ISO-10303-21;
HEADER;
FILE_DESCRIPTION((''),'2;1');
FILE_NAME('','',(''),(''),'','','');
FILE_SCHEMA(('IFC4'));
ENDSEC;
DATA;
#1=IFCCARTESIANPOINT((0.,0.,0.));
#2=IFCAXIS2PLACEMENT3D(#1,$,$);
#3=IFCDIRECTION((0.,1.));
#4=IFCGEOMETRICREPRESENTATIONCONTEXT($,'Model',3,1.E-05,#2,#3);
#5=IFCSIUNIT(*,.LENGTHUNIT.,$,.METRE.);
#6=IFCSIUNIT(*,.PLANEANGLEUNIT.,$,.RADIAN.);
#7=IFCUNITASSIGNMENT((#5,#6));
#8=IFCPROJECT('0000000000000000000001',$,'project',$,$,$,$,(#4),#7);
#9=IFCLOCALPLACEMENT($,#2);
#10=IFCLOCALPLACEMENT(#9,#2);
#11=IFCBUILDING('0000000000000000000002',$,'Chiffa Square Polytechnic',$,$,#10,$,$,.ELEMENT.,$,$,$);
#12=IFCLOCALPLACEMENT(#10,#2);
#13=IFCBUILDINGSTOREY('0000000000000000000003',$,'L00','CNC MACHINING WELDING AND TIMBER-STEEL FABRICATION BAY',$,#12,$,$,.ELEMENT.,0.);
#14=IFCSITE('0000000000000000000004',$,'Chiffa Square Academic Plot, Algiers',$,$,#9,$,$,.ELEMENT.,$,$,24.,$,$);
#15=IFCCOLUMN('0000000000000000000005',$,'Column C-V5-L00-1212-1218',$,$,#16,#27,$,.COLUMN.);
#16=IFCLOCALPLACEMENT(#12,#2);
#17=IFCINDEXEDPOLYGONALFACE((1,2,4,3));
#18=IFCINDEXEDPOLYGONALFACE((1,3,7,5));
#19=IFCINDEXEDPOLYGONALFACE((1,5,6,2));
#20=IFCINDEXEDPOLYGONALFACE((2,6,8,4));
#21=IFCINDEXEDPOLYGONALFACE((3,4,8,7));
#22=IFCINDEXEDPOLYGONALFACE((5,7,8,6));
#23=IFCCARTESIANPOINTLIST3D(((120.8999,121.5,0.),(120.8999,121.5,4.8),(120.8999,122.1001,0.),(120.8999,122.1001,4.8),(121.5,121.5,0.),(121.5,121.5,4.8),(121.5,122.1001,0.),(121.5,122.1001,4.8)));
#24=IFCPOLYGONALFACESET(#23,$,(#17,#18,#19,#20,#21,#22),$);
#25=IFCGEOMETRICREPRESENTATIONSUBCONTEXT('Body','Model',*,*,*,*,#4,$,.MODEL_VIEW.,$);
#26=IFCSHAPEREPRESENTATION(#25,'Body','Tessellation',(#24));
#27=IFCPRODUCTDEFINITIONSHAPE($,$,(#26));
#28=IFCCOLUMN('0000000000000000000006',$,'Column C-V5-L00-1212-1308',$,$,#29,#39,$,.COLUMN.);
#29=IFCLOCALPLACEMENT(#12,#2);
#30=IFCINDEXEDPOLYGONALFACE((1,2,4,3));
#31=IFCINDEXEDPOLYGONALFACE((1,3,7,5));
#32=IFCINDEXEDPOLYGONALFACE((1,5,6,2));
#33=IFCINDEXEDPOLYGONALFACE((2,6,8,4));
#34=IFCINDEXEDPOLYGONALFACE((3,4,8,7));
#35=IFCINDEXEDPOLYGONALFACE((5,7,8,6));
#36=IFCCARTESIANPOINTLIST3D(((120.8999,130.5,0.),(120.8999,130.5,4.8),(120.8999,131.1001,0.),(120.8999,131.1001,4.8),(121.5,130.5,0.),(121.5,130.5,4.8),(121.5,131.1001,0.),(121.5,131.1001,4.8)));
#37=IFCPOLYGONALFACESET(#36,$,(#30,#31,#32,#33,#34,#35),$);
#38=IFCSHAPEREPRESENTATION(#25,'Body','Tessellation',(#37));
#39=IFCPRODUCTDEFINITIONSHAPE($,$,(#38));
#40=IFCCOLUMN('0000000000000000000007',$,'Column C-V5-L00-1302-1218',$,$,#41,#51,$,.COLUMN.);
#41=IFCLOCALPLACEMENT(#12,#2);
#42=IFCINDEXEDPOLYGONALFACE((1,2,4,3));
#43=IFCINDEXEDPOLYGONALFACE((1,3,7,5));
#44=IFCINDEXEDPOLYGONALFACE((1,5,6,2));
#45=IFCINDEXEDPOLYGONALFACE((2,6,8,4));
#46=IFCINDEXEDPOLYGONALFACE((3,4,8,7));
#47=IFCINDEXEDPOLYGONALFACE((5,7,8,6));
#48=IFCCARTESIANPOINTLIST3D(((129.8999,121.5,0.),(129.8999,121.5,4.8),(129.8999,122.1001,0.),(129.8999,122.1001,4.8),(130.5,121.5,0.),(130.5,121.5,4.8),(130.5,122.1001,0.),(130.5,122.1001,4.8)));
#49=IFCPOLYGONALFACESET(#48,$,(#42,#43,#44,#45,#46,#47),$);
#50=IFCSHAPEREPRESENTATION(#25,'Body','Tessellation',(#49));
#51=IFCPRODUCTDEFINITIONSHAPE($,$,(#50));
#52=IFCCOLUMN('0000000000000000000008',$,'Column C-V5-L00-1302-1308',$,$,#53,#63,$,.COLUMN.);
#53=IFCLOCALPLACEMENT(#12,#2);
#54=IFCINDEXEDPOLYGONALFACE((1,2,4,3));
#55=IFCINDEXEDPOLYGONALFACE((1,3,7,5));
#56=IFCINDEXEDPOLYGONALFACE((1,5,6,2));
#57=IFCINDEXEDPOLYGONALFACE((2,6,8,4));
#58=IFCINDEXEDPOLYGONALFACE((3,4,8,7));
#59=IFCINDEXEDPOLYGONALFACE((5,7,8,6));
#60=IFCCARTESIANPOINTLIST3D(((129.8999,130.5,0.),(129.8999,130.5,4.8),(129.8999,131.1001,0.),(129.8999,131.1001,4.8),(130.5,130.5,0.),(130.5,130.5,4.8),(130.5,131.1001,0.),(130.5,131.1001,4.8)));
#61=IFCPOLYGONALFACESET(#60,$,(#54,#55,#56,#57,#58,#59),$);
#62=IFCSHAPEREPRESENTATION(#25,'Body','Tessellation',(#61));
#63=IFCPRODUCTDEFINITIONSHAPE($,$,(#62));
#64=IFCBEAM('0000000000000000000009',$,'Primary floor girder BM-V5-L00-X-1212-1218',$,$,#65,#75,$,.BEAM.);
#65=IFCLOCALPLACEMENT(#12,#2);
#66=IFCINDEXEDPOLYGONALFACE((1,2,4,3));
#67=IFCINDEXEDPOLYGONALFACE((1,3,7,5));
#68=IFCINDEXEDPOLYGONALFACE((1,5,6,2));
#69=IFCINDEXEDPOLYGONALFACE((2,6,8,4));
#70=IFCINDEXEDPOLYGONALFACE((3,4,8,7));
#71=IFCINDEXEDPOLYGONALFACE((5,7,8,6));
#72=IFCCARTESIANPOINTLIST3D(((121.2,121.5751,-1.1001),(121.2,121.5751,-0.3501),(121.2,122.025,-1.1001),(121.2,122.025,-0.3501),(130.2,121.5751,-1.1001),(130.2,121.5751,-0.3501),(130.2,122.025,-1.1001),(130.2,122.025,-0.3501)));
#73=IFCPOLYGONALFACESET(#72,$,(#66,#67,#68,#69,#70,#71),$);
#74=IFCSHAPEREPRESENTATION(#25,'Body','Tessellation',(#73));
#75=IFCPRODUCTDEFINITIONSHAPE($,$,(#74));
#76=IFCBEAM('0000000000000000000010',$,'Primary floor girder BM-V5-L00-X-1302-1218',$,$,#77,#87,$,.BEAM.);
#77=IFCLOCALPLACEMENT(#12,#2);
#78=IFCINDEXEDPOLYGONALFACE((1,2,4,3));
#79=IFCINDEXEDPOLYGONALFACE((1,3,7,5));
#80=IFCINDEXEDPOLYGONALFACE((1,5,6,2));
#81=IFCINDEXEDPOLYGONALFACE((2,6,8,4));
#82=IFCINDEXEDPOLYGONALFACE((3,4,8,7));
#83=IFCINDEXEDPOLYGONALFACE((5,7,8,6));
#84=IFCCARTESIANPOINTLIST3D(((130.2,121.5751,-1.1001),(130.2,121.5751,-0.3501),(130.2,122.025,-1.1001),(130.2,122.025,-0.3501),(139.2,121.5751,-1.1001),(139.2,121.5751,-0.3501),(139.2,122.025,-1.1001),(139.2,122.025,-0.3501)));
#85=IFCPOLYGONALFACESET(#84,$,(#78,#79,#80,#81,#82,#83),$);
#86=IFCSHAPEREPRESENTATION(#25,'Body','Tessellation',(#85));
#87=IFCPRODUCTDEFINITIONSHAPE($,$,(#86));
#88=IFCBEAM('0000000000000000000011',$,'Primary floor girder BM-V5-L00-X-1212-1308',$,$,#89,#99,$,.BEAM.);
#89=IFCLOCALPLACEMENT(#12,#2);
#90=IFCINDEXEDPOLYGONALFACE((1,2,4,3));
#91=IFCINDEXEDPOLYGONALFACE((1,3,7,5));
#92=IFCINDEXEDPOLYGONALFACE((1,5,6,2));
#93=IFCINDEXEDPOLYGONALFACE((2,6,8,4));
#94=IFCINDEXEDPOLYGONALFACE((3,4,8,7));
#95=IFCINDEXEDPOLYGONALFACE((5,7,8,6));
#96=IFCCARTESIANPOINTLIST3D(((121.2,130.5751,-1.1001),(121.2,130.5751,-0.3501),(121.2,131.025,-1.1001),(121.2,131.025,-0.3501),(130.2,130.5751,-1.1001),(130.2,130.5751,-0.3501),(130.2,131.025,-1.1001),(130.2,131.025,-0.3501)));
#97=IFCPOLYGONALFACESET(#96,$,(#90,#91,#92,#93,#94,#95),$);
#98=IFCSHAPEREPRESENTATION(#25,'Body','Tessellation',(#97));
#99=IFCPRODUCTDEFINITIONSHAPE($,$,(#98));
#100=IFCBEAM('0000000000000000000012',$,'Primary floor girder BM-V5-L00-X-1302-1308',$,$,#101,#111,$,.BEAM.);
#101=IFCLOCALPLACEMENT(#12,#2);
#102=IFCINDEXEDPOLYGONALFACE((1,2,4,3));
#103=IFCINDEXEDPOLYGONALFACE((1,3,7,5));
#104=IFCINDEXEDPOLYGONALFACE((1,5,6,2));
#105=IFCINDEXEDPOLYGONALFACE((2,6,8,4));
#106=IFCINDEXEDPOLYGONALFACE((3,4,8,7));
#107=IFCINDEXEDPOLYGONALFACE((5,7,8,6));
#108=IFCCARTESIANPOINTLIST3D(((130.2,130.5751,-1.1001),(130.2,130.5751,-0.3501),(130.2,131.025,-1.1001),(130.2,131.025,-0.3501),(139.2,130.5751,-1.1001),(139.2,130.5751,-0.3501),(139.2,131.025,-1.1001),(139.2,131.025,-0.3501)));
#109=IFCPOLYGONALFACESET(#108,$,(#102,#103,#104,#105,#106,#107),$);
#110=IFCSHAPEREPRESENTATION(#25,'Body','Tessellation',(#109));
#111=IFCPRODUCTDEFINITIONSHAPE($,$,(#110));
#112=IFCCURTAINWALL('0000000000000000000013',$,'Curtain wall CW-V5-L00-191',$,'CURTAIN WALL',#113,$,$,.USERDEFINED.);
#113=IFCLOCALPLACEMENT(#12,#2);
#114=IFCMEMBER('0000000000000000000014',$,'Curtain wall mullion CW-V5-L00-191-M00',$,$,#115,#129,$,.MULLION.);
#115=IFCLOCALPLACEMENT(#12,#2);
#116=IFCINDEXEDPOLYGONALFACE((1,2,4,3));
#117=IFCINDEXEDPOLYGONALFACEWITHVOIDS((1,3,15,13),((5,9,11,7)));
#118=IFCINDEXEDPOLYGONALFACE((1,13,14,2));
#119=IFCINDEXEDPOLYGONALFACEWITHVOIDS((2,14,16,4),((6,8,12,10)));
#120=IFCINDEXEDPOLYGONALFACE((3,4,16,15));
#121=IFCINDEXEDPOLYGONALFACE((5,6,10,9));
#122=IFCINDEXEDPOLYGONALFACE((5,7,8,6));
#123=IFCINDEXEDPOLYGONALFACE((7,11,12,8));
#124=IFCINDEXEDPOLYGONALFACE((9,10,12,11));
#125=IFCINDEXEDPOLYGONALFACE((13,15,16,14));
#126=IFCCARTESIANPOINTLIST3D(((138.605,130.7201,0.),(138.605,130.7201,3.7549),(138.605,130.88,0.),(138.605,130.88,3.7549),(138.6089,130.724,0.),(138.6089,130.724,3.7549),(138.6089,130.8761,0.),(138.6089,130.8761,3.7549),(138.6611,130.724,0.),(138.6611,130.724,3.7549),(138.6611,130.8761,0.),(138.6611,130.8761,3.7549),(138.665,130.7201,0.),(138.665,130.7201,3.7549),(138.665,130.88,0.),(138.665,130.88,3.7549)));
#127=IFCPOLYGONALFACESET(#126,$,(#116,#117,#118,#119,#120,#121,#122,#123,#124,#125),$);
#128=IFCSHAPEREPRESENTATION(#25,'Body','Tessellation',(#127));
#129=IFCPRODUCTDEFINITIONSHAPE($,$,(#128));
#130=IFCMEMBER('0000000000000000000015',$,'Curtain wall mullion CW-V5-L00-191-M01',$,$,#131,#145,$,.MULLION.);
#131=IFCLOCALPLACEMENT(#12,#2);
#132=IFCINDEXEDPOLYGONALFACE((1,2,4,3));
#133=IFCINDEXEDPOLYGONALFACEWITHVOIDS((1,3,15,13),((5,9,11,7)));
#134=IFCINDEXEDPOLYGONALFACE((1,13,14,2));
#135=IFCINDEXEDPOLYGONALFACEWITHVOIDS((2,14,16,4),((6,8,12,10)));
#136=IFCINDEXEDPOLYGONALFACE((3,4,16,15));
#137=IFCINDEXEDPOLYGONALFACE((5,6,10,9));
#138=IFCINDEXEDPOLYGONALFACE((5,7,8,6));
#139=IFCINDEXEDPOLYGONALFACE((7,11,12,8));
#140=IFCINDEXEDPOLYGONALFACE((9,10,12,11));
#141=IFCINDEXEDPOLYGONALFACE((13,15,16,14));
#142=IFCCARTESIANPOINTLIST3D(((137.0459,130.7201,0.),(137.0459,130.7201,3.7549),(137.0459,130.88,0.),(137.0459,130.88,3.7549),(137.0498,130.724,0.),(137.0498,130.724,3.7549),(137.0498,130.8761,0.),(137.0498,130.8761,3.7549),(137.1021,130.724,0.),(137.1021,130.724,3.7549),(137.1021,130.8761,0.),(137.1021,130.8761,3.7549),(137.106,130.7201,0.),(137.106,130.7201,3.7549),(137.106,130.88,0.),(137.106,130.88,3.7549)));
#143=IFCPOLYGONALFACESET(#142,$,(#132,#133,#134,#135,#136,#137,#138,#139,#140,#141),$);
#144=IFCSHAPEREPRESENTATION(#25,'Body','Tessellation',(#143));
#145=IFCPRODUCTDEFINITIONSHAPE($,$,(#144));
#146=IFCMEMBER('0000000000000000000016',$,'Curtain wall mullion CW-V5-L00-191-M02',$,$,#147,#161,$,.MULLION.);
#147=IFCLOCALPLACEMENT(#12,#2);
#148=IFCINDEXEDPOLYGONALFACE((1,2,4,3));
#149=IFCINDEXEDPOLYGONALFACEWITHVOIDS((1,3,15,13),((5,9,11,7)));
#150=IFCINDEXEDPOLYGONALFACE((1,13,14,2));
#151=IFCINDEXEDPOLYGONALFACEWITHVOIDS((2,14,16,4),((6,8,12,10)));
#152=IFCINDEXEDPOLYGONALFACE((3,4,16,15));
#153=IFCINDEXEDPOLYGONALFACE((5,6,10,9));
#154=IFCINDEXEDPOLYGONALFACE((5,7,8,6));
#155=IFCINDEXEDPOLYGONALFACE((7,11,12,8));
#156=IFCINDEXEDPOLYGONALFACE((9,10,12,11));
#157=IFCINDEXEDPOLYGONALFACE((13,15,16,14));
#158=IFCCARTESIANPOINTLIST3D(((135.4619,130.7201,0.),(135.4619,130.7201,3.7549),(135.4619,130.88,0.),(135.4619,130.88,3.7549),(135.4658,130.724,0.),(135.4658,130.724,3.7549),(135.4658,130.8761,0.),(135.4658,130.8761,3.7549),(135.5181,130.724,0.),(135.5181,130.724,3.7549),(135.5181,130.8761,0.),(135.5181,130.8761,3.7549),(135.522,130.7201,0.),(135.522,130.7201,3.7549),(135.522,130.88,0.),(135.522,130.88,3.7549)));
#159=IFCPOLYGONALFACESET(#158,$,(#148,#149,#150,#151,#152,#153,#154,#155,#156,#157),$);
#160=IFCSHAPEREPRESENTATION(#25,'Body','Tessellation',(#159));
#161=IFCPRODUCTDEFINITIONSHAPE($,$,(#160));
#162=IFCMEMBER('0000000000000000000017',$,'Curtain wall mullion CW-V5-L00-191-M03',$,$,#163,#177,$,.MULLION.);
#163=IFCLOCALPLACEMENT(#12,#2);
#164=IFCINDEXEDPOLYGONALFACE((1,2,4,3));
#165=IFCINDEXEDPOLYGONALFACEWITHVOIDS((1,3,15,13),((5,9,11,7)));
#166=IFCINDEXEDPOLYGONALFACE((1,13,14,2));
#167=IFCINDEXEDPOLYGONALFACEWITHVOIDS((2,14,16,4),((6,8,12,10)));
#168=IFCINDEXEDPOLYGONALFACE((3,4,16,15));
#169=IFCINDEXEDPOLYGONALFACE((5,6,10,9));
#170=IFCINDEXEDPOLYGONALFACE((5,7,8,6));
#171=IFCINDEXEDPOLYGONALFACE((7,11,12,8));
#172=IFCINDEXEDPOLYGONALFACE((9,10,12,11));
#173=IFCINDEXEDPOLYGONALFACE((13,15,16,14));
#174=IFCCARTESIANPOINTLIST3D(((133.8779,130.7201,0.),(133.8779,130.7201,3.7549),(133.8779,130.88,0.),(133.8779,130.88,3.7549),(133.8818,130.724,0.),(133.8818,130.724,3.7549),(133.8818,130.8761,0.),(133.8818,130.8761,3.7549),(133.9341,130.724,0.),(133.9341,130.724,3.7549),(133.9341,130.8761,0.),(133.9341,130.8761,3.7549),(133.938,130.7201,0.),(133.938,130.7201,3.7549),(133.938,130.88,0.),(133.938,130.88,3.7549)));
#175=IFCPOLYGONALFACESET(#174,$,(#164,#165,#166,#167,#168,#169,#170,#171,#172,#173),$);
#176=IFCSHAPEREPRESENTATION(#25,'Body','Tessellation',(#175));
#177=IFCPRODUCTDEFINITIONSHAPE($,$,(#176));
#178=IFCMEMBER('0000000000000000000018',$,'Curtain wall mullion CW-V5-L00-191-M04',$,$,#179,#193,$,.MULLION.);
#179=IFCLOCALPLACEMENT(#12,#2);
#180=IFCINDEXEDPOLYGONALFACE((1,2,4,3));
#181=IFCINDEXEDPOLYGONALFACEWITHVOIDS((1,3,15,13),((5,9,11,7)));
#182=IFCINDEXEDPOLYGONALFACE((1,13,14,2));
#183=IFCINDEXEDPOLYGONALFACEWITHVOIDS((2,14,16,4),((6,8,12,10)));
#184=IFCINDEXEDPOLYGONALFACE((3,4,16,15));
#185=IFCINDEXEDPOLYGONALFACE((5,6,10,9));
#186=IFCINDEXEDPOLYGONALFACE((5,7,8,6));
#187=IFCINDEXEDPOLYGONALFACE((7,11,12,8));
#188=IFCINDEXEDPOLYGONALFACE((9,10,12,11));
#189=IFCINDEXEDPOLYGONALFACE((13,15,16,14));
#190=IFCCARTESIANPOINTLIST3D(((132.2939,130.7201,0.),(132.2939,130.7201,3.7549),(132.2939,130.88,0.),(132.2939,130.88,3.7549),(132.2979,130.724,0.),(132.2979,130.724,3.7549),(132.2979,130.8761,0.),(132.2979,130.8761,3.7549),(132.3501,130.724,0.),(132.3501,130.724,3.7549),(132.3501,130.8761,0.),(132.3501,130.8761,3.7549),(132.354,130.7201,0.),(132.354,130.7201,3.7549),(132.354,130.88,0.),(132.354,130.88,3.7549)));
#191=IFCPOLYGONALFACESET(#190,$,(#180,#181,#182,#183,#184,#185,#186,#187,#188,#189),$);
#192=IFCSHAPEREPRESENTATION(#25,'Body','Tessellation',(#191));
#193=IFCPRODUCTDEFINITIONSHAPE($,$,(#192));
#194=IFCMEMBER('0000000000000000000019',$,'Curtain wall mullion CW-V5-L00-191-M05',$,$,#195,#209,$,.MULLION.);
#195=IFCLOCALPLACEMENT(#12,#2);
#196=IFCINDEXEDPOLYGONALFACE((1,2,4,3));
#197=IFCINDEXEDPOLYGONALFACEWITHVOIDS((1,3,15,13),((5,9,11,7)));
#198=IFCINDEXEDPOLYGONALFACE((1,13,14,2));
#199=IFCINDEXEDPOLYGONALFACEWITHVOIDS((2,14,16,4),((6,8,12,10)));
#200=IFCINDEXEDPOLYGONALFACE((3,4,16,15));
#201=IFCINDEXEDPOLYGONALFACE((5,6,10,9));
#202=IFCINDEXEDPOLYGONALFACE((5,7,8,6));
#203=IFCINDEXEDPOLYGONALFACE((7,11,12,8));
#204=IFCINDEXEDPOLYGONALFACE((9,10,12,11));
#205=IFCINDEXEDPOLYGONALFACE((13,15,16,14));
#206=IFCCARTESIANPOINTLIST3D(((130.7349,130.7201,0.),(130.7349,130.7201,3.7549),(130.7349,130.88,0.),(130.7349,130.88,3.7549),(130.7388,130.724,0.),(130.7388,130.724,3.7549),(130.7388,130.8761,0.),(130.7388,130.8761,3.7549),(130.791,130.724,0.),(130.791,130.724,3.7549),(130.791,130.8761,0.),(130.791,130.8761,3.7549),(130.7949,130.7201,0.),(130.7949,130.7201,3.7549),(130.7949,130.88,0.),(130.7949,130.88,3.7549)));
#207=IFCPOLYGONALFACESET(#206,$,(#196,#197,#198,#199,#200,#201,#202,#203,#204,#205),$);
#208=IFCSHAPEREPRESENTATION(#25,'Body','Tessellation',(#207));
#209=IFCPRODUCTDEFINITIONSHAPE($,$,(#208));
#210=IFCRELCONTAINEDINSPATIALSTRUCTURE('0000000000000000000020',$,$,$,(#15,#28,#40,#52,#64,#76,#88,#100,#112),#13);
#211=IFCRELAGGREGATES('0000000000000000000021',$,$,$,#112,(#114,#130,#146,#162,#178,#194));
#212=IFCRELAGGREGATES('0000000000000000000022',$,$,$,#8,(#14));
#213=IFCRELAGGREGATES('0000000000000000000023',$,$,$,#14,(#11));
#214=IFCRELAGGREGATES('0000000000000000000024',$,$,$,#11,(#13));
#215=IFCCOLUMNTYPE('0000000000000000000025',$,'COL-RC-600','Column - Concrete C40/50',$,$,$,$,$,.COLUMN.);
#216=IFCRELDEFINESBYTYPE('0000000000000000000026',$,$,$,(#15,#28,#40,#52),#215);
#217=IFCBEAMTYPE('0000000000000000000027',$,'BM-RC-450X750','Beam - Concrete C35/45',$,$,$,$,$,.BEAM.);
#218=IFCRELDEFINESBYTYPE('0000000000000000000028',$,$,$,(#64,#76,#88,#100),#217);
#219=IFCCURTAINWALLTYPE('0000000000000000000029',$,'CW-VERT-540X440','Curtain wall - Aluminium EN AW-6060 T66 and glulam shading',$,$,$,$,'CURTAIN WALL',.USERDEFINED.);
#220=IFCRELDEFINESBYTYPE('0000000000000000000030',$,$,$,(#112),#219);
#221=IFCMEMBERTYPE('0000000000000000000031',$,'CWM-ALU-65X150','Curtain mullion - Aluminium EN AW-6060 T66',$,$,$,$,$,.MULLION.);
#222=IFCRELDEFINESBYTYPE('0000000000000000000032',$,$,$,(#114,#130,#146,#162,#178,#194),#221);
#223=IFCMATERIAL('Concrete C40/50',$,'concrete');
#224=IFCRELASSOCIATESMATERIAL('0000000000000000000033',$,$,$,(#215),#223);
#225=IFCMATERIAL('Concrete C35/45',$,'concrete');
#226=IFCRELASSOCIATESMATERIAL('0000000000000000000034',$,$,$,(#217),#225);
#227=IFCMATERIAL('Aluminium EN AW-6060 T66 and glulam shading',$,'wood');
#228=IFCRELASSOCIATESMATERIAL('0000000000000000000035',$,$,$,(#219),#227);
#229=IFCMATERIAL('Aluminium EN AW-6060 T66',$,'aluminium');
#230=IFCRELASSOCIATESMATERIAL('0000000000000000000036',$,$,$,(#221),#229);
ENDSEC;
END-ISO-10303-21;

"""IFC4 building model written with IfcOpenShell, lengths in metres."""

from ifc_helpers import new_model, si_unit, direction, frame, origin, origin_2d, place, context, subcontext, project, spatial, rectangle, hollow_rectangle, extrude, material, material_profile, profile_set, type_object, element, aggregate, save


model = new_model("IFC4")

# Units and contexts
model_context = context("Model", 3, precision=1e-05, world=origin(), true_north=direction((0.0, 1.0)))
body_context = subcontext(model_context, "Body", "Model", "MODEL_VIEW")
ifc_project = project(units=[si_unit("LENGTHUNIT", "METRE"), si_unit("PLANEANGLEUNIT", "RADIAN")], contexts=[model_context])

# Site, building, storey
site_placement = place(None, origin())
site = spatial("IfcSite", under=ifc_project, at=site_placement, Name="Chiffa Square Academic Plot, Algiers", CompositionType="ELEMENT", RefElevation=24.0)
building_placement = place(site_placement, origin())
building = spatial("IfcBuilding", under=site, at=building_placement, Name="Chiffa Square Polytechnic", CompositionType="ELEMENT")
storey_placement = place(building_placement, origin())
storey = spatial("IfcBuildingStorey", under=building, at=storey_placement, Name="L00", Description="CNC MACHINING WELDING AND TIMBER-STEEL FABRICATION BAY", CompositionType="ELEMENT", Elevation=0.0)

# Columns
ifc_material_1 = material(Name="Concrete C40/50", Category="concrete")
ifc_material_profile_1 = material_profile(ifc_material_1, rectangle(XDim=0.6001, YDim=0.6001, at=origin_2d()), Name="RC 600x600")
ifc_profile_set_1 = profile_set([ifc_material_profile_1], Name="Concrete C40/50")
column_type = type_object("IfcColumnType", Name="COL-RC-600", Description="Column - Concrete C40/50", PredefinedType="COLUMN", material=ifc_profile_set_1)
for number, where, z_axis, x_axis, name in (
    (1, (121.2, 121.8, 0.0), (0.0, 0.0, 1.0), (1.0, 0.0, 0.0), "Column C-V5-L00-1212-1218"),
    (2, (121.2, 130.8, 0.0), (0.0, 0.0, 1.0), (1.0, 0.0, 0.0), "Column C-V5-L00-1212-1308"),
    (3, (130.2, 121.8, 0.0), (0.0, 0.0, 1.0), (1.0, 0.0, 0.0), "Column C-V5-L00-1302-1218"),
    (4, (130.2, 130.8, 0.0), (0.0, 0.0, 1.0), (1.0, 0.0, 0.0), "Column C-V5-L00-1302-1308"),
):
    element("IfcColumn", number, at=place(storey_placement, frame(where, z_axis=z_axis, x_axis=x_axis)), inside=storey, type_object=column_type, Name=name, PredefinedType="COLUMN", context=body_context, shape_type="SweptSolid", body=[
        extrude(rectangle(XDim=0.6001, YDim=0.6001, at=origin_2d()), origin(), (0.0, 0.0, 1.0), 4.8),
    ])

# Beams
ifc_material_2 = material(Name="Concrete C35/45", Category="concrete")
ifc_material_profile_2 = material_profile(ifc_material_2, rectangle(XDim=0.45, YDim=0.75, at=origin_2d()), Name="RC 450x750")
ifc_profile_set_2 = profile_set([ifc_material_profile_2], Name="Concrete C35/45")
beam_type_1 = type_object("IfcBeamType", Name="BM-RC-450X750", Description="Beam - Concrete C35/45", PredefinedType="BEAM", material=ifc_profile_set_2)
for number, where, z_axis, x_axis, name in (
    (5, (121.2, 121.8, -0.7251), (1.0, 0.0, 0.0), (0.0, 1.0, 0.0), "Primary floor girder BM-V5-L00-X-1212-1218"),
    (6, (130.2, 121.8, -0.7251), (1.0, 0.0, 0.0), (0.0, 1.0, 0.0), "Primary floor girder BM-V5-L00-X-1302-1218"),
    (7, (121.2, 130.8, -0.7251), (1.0, 0.0, 0.0), (0.0, 1.0, 0.0), "Primary floor girder BM-V5-L00-X-1212-1308"),
    (8, (130.2, 130.8, -0.7251), (1.0, 0.0, 0.0), (0.0, 1.0, 0.0), "Primary floor girder BM-V5-L00-X-1302-1308"),
):
    element("IfcBeam", number, at=place(storey_placement, frame(where, z_axis=z_axis, x_axis=x_axis)), inside=storey, type_object=beam_type_1, Name=name, PredefinedType="BEAM", context=body_context, shape_type="SweptSolid", body=[
        extrude(rectangle(XDim=0.45, YDim=0.75, at=origin_2d()), origin(), (0.0, 0.0, 1.0), 9.0),
    ])

# Curtain wall, members
ifc_material_3 = material(Name="Aluminium EN AW-6060 T66 and glulam shading", Category="wood")
curtain_wall_type = type_object("IfcCurtainWallType", Name="CW-VERT-540X440", Description="Curtain wall - Aluminium EN AW-6060 T66 and glulam shading", ElementType="CURTAIN WALL", PredefinedType="USERDEFINED", material=ifc_material_3)
curtain_wall_placement = place(storey_placement, origin())
curtain_wall = element("IfcCurtainWall", 9, at=curtain_wall_placement, inside=storey, type_object=curtain_wall_type, Name="Curtain wall CW-V5-L00-191", ObjectType="CURTAIN WALL", PredefinedType="USERDEFINED")
ifc_material_4 = material(Name="Aluminium EN AW-6060 T66", Category="aluminium")
ifc_material_profile_3 = material_profile(ifc_material_4, hollow_rectangle(XDim=0.0601, YDim=0.1599, WallThickness=0.0039, at=origin_2d()), Name="ALU 60x160x4")
ifc_profile_set_3 = profile_set([ifc_material_profile_3], Name="Aluminium EN AW-6060 T66")
member_type_1 = type_object("IfcMemberType", Name="CWM-ALU-65X150", Description="Curtain mullion - Aluminium EN AW-6060 T66", PredefinedType="MULLION", material=ifc_profile_set_3)
member_1_placement = place(storey_placement, frame((138.635, 130.8, 0.0), z_axis=(0.0, 0.0, 1.0), x_axis=(1.0, 0.0, 0.0)))
member_1 = element("IfcMember", 10, at=member_1_placement, type_object=member_type_1, Name="Curtain wall mullion CW-V5-L00-191-M00", PredefinedType="MULLION", context=body_context, shape_type="SweptSolid", body=[
    extrude(hollow_rectangle(XDim=0.0601, YDim=0.1599, WallThickness=0.0039, at=origin_2d()), origin(), (0.0, 0.0, 1.0), 3.7549),
])
member_2_placement = place(storey_placement, frame((137.0759, 130.8, 0.0), z_axis=(0.0, 0.0, 1.0), x_axis=(1.0, 0.0, 0.0)))
member_2 = element("IfcMember", 11, at=member_2_placement, type_object=member_type_1, Name="Curtain wall mullion CW-V5-L00-191-M01", PredefinedType="MULLION", context=body_context, shape_type="SweptSolid", body=[
    extrude(hollow_rectangle(XDim=0.0601, YDim=0.1599, WallThickness=0.0039, at=origin_2d()), origin(), (0.0, 0.0, 1.0), 3.7549),
])
member_3_placement = place(storey_placement, frame((135.4919, 130.8, 0.0), z_axis=(0.0, 0.0, 1.0), x_axis=(1.0, 0.0, 0.0)))
member_3 = element("IfcMember", 12, at=member_3_placement, type_object=member_type_1, Name="Curtain wall mullion CW-V5-L00-191-M02", PredefinedType="MULLION", context=body_context, shape_type="SweptSolid", body=[
    extrude(hollow_rectangle(XDim=0.0601, YDim=0.1599, WallThickness=0.0039, at=origin_2d()), origin(), (0.0, 0.0, 1.0), 3.7549),
])
member_4_placement = place(storey_placement, frame((133.908, 130.8, 0.0), z_axis=(0.0, 0.0, 1.0), x_axis=(1.0, 0.0, 0.0)))
member_4 = element("IfcMember", 13, at=member_4_placement, type_object=member_type_1, Name="Curtain wall mullion CW-V5-L00-191-M03", PredefinedType="MULLION", context=body_context, shape_type="SweptSolid", body=[
    extrude(hollow_rectangle(XDim=0.0601, YDim=0.1599, WallThickness=0.0039, at=origin_2d()), origin(), (0.0, 0.0, 1.0), 3.7549),
])
member_5_placement = place(storey_placement, frame((132.324, 130.8, 0.0), z_axis=(0.0, 0.0, 1.0), x_axis=(1.0, 0.0, 0.0)))
member_5 = element("IfcMember", 14, at=member_5_placement, type_object=member_type_1, Name="Curtain wall mullion CW-V5-L00-191-M04", PredefinedType="MULLION", context=body_context, shape_type="SweptSolid", body=[
    extrude(hollow_rectangle(XDim=0.0601, YDim=0.1599, WallThickness=0.0039, at=origin_2d()), origin(), (0.0, 0.0, 1.0), 3.7549),
])
member_6_placement = place(storey_placement, frame((130.7649, 130.8, 0.0), z_axis=(0.0, 0.0, 1.0), x_axis=(1.0, 0.0, 0.0)))
member_6 = element("IfcMember", 15, at=member_6_placement, type_object=member_type_1, Name="Curtain wall mullion CW-V5-L00-191-M05", PredefinedType="MULLION", context=body_context, shape_type="SweptSolid", body=[
    extrude(hollow_rectangle(XDim=0.0601, YDim=0.1599, WallThickness=0.0039, at=origin_2d()), origin(), (0.0, 0.0, 1.0), 3.7549),
])

aggregate(curtain_wall, [member_1, member_2, member_3, member_4, member_5, member_6])

save(model, "model.ifc")
